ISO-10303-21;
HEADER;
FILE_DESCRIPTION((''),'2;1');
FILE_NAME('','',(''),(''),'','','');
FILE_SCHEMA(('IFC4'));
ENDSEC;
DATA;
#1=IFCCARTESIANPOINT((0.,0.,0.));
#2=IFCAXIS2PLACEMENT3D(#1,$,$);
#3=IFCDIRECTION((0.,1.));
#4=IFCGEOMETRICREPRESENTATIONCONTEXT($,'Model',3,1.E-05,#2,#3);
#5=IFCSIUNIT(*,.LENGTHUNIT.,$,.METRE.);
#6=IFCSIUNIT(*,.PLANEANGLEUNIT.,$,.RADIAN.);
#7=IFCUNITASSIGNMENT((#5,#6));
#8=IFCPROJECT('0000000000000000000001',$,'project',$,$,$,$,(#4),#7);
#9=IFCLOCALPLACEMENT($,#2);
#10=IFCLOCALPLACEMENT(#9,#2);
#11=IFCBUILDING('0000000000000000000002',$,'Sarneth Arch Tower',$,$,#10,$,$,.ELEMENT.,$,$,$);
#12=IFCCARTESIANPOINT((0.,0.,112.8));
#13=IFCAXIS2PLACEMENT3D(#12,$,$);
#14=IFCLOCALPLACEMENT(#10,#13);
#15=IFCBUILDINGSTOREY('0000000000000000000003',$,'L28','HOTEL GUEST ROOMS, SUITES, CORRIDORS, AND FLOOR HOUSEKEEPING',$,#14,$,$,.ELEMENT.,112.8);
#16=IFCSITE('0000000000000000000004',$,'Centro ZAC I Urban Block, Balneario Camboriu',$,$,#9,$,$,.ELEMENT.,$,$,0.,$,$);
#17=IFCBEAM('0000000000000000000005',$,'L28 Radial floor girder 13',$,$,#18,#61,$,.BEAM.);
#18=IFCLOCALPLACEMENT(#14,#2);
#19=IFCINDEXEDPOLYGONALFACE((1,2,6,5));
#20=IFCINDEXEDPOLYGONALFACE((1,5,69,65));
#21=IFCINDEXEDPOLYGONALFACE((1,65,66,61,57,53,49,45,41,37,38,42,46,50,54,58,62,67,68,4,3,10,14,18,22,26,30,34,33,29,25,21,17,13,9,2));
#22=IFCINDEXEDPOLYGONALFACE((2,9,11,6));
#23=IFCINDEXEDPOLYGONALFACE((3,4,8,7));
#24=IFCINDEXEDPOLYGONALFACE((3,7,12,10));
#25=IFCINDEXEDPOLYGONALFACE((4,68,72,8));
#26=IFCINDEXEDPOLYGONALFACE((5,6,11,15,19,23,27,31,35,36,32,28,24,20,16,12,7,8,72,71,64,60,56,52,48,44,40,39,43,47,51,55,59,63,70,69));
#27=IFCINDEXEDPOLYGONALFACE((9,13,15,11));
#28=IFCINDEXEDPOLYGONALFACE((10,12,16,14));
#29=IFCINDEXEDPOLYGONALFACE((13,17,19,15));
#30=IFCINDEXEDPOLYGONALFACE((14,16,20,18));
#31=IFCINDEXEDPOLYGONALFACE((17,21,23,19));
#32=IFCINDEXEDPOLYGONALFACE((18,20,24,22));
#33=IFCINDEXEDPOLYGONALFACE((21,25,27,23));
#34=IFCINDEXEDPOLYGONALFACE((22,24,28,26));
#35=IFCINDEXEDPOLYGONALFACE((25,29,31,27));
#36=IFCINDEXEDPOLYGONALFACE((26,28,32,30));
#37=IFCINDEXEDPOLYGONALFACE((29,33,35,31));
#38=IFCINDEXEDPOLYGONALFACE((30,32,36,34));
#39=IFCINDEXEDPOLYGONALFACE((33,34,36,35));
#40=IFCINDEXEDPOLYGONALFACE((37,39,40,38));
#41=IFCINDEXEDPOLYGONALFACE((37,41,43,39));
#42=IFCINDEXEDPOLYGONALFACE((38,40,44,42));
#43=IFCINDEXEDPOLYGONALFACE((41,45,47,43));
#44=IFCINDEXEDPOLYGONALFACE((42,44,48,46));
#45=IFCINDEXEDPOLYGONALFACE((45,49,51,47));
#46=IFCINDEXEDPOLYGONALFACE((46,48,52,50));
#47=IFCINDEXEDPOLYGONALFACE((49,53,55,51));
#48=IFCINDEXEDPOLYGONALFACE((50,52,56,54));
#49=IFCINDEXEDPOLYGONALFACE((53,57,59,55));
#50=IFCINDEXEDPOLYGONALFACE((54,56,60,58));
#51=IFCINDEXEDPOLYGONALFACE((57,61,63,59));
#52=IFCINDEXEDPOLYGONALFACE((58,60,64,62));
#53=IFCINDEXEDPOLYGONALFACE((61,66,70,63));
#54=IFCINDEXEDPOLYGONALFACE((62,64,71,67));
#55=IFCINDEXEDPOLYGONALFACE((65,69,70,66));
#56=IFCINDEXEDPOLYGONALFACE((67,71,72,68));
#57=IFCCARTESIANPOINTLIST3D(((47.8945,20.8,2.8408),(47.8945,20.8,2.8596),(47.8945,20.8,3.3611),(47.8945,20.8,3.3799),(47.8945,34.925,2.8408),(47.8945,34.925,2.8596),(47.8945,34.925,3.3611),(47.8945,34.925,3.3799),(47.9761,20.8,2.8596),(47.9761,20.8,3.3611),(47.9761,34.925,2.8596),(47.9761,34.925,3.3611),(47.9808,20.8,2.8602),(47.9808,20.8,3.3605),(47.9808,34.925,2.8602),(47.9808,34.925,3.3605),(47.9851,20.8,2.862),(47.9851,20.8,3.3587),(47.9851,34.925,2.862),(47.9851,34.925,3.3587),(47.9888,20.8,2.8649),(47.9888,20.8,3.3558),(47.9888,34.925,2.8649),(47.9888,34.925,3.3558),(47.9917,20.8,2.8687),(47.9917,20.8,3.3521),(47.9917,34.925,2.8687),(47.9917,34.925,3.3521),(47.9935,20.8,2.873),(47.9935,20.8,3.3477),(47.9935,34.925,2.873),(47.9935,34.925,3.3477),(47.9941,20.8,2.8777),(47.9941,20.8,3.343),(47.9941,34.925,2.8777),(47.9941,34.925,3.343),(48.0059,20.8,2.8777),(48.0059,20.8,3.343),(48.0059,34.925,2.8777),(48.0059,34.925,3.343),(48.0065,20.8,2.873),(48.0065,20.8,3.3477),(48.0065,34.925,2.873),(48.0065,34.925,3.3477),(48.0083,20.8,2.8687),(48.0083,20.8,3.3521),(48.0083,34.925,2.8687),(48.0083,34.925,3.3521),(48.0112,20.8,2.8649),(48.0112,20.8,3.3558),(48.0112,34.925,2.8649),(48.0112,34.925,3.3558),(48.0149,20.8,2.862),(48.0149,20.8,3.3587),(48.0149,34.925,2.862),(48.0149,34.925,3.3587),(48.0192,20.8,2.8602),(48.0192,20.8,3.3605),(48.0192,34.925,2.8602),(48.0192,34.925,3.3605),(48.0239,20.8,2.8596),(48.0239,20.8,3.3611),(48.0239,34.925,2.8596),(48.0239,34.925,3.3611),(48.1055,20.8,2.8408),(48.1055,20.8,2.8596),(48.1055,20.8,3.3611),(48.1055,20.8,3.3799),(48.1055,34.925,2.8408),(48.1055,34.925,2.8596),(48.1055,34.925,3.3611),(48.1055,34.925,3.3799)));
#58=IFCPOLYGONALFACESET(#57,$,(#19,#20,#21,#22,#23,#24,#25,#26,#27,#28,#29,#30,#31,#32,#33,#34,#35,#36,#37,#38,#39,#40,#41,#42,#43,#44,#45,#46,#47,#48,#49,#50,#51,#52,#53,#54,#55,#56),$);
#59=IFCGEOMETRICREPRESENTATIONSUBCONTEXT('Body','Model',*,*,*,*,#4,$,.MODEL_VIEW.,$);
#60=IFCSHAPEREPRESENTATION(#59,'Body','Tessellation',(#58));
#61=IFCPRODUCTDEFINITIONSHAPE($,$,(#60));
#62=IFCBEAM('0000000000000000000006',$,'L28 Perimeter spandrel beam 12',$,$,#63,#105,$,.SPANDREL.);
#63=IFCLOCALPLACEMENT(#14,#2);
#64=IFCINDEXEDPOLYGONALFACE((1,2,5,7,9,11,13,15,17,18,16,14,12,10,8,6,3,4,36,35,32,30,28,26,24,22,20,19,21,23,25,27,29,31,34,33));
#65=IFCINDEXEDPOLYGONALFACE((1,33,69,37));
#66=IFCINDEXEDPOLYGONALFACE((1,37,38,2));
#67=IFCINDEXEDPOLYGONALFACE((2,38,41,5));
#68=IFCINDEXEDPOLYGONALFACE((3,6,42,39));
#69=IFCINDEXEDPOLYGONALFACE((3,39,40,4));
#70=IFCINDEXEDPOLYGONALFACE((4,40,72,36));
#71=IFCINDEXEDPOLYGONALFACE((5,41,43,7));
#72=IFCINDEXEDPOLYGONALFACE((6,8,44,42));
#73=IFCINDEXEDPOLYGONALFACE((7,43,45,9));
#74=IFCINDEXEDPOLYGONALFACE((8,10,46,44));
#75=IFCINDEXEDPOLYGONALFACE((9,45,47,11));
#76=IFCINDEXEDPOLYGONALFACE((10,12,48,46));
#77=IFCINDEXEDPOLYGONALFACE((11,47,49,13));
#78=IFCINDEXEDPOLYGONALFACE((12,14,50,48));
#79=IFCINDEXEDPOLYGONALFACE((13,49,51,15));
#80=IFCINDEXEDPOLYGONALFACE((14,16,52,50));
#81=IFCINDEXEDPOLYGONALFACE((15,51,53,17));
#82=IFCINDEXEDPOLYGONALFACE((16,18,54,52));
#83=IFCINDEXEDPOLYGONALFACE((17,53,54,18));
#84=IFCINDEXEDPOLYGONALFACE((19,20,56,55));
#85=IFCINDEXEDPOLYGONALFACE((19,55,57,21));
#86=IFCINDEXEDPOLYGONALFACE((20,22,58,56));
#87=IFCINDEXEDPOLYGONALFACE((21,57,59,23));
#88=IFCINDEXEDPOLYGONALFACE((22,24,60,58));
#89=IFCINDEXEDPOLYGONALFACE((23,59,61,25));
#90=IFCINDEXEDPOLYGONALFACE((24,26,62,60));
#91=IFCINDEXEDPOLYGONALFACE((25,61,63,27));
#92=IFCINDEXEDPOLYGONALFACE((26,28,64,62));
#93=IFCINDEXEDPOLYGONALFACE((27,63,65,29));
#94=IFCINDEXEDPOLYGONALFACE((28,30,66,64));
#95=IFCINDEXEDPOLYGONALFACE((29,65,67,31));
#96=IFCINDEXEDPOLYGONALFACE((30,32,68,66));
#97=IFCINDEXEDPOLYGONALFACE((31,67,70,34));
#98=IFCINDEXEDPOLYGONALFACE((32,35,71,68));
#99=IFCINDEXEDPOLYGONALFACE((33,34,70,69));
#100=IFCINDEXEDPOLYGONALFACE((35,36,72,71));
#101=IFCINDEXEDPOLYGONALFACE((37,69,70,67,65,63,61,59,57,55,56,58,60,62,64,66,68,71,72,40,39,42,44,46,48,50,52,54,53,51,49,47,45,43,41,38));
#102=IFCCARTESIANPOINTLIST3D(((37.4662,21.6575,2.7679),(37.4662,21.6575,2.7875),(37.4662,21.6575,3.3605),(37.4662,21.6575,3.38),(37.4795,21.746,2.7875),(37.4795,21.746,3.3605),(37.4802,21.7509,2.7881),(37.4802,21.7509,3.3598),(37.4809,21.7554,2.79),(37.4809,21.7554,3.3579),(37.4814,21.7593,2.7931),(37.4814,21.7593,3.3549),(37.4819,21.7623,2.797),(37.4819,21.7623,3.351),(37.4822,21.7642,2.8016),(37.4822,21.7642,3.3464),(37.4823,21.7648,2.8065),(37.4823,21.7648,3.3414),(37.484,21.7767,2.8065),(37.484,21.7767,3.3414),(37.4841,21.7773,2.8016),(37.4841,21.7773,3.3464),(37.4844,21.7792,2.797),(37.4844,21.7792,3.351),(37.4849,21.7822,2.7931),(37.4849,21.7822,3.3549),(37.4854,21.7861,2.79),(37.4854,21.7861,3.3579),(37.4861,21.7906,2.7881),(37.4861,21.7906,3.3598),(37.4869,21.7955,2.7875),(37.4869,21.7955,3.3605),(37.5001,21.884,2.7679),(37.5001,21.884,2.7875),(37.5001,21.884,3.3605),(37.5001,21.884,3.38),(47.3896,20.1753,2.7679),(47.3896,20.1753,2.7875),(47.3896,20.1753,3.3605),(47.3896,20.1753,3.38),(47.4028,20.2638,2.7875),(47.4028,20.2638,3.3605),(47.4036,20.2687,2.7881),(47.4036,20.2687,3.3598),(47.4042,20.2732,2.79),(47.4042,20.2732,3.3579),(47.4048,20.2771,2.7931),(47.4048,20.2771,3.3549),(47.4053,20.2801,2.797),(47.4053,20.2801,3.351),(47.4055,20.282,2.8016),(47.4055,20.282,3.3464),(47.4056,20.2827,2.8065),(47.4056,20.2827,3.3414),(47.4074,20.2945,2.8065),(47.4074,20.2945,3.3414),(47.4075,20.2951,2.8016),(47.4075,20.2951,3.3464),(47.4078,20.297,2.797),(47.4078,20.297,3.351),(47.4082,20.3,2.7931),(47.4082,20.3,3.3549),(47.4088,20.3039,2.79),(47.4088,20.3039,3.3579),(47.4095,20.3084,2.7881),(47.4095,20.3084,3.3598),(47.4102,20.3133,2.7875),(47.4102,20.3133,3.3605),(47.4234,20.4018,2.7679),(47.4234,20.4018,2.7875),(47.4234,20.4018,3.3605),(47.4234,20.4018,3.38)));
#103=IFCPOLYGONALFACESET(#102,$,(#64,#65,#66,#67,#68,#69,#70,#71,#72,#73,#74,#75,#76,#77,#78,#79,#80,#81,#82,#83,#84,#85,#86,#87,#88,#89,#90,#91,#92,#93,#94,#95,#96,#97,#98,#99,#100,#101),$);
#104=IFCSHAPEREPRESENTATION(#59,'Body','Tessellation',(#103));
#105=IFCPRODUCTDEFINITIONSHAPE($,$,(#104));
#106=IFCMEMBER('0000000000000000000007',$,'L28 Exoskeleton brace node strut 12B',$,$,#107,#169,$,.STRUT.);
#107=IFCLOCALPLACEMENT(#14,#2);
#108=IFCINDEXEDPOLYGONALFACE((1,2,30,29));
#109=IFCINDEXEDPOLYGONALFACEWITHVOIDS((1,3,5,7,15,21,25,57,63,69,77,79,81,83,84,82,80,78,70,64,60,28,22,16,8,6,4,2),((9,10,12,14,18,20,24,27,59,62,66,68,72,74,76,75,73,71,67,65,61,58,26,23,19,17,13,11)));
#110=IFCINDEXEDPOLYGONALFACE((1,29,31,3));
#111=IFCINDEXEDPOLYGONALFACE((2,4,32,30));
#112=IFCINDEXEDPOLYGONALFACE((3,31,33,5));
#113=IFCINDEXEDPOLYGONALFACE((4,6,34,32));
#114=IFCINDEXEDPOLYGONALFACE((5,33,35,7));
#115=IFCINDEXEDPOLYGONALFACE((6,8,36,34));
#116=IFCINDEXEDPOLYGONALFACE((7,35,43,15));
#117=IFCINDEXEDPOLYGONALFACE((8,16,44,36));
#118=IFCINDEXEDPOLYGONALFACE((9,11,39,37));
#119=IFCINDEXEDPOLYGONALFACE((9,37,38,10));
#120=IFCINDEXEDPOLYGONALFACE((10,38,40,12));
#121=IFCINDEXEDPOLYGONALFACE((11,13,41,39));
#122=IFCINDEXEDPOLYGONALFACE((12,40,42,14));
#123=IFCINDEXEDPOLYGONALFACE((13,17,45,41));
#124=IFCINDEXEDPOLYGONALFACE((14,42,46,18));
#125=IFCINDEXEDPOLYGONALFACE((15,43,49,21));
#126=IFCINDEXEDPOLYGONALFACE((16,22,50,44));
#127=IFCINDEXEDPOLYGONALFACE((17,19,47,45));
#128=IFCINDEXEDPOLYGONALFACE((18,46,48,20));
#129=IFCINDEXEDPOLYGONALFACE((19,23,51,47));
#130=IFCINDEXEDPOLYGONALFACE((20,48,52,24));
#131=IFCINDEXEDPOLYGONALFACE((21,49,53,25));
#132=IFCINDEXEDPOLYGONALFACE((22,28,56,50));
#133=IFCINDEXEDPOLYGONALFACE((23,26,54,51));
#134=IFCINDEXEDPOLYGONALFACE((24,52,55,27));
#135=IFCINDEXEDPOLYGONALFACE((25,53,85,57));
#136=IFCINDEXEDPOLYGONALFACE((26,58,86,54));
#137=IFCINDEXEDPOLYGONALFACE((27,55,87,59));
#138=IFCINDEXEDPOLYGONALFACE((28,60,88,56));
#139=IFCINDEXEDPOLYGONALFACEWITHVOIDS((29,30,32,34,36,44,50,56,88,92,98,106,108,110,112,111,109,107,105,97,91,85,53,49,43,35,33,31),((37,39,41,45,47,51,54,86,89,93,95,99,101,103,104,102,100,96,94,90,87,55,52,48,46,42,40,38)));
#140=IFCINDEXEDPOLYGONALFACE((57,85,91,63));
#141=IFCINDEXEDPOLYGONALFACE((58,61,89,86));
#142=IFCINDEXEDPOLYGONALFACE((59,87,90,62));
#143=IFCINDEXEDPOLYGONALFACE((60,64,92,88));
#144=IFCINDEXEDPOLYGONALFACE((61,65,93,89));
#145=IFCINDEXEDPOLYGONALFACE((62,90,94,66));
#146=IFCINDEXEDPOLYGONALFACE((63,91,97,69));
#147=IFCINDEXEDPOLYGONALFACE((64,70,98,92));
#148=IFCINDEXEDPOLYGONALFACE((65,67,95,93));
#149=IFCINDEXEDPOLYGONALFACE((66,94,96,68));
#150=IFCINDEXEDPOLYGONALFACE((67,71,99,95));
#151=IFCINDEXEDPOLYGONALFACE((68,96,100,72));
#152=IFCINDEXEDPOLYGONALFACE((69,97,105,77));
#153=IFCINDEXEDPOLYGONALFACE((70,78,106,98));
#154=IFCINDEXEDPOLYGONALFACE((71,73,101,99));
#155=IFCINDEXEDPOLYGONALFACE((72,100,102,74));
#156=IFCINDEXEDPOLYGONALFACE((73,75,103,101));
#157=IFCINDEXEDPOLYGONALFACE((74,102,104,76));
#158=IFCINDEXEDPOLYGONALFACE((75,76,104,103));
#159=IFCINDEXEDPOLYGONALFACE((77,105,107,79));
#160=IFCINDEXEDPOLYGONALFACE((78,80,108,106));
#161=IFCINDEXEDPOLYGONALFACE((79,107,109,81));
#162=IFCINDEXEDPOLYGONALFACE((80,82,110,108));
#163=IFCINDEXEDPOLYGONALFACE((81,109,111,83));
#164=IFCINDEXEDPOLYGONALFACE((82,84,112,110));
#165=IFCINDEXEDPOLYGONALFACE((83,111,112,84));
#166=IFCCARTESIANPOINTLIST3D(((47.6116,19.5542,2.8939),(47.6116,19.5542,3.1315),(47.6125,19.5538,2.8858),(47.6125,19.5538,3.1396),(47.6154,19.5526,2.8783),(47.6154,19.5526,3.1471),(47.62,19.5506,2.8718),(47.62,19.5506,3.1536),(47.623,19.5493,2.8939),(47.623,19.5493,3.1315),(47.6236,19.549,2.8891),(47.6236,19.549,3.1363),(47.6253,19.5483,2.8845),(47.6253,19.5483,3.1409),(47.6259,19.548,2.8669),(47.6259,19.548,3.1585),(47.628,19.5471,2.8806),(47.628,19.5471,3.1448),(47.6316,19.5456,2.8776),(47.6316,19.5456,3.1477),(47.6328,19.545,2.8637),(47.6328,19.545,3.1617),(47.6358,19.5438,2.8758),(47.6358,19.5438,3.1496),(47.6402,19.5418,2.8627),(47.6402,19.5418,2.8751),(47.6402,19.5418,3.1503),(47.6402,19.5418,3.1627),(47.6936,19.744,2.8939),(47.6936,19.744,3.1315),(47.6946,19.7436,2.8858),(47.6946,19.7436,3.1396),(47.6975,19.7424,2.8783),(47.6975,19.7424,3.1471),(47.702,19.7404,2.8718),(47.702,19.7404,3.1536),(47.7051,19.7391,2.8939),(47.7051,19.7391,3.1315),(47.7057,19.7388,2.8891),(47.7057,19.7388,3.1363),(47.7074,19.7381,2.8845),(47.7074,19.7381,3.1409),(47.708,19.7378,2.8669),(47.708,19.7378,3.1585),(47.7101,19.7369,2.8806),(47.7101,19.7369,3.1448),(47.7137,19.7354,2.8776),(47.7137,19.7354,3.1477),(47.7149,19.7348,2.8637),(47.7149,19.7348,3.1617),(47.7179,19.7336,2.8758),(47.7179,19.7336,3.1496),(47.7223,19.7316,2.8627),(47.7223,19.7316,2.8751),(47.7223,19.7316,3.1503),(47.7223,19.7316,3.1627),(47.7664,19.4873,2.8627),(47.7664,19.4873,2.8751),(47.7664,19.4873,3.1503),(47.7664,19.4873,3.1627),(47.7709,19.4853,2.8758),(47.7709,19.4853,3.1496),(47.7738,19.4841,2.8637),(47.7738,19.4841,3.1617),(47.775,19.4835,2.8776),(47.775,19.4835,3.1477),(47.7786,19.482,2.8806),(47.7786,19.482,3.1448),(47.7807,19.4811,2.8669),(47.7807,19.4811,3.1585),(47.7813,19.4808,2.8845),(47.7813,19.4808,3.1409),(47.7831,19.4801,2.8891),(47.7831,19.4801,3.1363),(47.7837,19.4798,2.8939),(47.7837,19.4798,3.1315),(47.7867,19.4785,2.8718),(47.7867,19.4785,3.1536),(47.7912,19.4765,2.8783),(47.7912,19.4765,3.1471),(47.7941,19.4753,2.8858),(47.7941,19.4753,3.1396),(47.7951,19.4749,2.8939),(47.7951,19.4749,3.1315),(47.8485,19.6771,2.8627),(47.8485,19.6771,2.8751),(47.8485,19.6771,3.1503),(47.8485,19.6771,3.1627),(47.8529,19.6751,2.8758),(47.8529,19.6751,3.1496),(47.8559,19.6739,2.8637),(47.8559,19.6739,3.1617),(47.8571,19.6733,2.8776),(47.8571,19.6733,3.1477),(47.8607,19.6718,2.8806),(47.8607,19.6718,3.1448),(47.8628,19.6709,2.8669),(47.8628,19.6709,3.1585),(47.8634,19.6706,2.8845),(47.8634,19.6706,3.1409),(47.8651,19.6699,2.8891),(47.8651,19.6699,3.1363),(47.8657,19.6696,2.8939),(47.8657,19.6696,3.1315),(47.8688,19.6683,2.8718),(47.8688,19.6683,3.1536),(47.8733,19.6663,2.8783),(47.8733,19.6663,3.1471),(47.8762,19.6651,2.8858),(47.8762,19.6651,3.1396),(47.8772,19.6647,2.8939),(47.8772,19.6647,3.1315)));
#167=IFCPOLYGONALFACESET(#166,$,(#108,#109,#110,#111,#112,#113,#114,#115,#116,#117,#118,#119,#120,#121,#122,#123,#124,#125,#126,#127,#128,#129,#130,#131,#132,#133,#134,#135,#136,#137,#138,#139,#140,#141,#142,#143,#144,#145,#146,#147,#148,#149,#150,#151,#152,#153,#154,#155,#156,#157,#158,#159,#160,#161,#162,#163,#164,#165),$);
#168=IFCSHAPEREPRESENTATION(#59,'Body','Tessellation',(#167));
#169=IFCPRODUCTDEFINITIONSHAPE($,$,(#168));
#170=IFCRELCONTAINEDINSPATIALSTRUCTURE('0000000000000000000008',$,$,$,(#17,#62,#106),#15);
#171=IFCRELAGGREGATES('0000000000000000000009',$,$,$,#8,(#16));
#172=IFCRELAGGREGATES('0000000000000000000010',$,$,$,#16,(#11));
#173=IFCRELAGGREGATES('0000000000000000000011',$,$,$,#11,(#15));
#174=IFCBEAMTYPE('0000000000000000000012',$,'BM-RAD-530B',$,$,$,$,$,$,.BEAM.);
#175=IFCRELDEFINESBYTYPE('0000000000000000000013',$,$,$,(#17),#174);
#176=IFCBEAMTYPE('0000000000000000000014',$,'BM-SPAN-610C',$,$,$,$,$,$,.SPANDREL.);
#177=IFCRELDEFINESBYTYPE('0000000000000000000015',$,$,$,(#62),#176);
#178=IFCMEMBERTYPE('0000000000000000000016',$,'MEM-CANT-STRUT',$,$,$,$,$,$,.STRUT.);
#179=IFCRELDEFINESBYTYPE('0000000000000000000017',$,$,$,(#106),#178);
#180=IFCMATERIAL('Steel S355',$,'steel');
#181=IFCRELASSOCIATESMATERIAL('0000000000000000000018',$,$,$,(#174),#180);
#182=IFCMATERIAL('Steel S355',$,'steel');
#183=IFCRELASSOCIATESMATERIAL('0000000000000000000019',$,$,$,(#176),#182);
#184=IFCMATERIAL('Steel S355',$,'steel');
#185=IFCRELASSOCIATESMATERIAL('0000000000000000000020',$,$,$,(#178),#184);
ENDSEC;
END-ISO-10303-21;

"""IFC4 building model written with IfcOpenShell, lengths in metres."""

from ifc_helpers import new_model, si_unit, direction, frame, origin, origin_2d, place, context, subcontext, project, spatial, hollow_rectangle, i_section, extrude, material, material_profile, profile_set, type_object, element, save


model = new_model("IFC4")

# Units and contexts
model_context = context("Model", 3, precision=1e-05, world=origin(), true_north=direction((0.0, 1.0)))
body_context = subcontext(model_context, "Body", "Model", "MODEL_VIEW")
ifc_project = project(units=[si_unit("LENGTHUNIT", "METRE"), si_unit("PLANEANGLEUNIT", "RADIAN")], contexts=[model_context])

# Site, building, storey
site_placement = place(None, origin())
site = spatial("IfcSite", under=ifc_project, at=site_placement, Name="Centro ZAC I Urban Block, Balneario Camboriu", CompositionType="ELEMENT", RefElevation=0.0)
building_placement = place(site_placement, origin())
building = spatial("IfcBuilding", under=site, at=building_placement, Name="Sarneth Arch Tower", CompositionType="ELEMENT")
storey_placement = place(building_placement, frame((0.0, 0.0, 112.8)))
storey = spatial("IfcBuildingStorey", under=building, at=storey_placement, Name="L28", Description="HOTEL GUEST ROOMS, SUITES, CORRIDORS, AND FLOOR HOUSEKEEPING", CompositionType="ELEMENT", Elevation=112.8)

# Beams
ifc_material_1 = material(Name="Steel S355", Category="steel")
ifc_material_profile_1 = material_profile(ifc_material_1, i_section(OverallWidth=0.2109, OverallDepth=0.5391, WebThickness=0.0117, FlangeThickness=0.0188, FilletRadius=0.0181, at=origin_2d()), Name="W530x109")
ifc_profile_set_1 = profile_set([ifc_material_profile_1], Name="Steel S355")
beam_type_1 = type_object("IfcBeamType", Name="BM-RAD-530B", PredefinedType="BEAM", material=ifc_profile_set_1)
beam_1_placement = place(storey_placement, frame((48.0, 34.925, 3.1104), z_axis=(0.0, -1.0, 0.0), x_axis=(1.0, 0.0, 0.0)))
element("IfcBeam", 1, at=beam_1_placement, inside=storey, type_object=beam_type_1, Name="L28 Radial floor girder 13", PredefinedType="BEAM", context=body_context, shape_type="SweptSolid", body=[
    extrude(i_section(OverallWidth=0.2109, OverallDepth=0.5391, WebThickness=0.0117, FlangeThickness=0.0188, FilletRadius=0.0181, at=origin_2d()), origin(), (0.0, 0.0, 1.0), 14.125),
])
ifc_material_2 = material(Name="Steel S355", Category="steel")
ifc_material_profile_2 = material_profile(ifc_material_2, i_section(OverallWidth=0.229, OverallDepth=0.6121, WebThickness=0.012, FlangeThickness=0.0195, FilletRadius=0.019, at=origin_2d()), Name="W610x125")
ifc_profile_set_2 = profile_set([ifc_material_profile_2], Name="Steel S355")
beam_type_2 = type_object("IfcBeamType", Name="BM-SPAN-610C", PredefinedType="SPANDREL", material=ifc_profile_set_2)
beam_2_placement = place(storey_placement, frame((37.4832, 21.7708, 3.074), z_axis=(0.989029, -0.147724, 0.0), x_axis=(0.147724, 0.989029, 0.0)))
element("IfcBeam", 2, at=beam_2_placement, inside=storey, type_object=beam_type_2, Name="L28 Perimeter spandrel beam 12", PredefinedType="SPANDREL", context=body_context, shape_type="SweptSolid", body=[
    extrude(i_section(OverallWidth=0.229, OverallDepth=0.6121, WebThickness=0.012, FlangeThickness=0.0195, FilletRadius=0.019, at=origin_2d()), origin(), (0.0, 0.0, 1.0), 10.0334),
])

# Member
ifc_material_3 = material(Name="Steel S355", Category="steel")
ifc_material_profile_3 = material_profile(ifc_material_3, hollow_rectangle(XDim=0.2, YDim=0.3, WallThickness=0.0125, InnerFilletRadius=0.0188, OuterFilletRadius=0.0312, at=origin_2d()), Name="RHS300x200x12.5")
ifc_profile_set_3 = profile_set([ifc_material_profile_3], Name="Steel S355")
member_type_1 = type_object("IfcMemberType", Name="MEM-CANT-STRUT", PredefinedType="STRUT", material=ifc_profile_set_3)
member_1_placement = place(storey_placement, frame((47.7854, 19.7043, 3.0127), z_axis=(-0.396911, -0.917857, 0.0), x_axis=(0.917857, -0.396911, 0.0)))
element("IfcMember", 3, at=member_1_placement, inside=storey, type_object=member_type_1, Name="L28 Exoskeleton brace node strut 12B", PredefinedType="STRUT", context=body_context, shape_type="SweptSolid", body=[
    extrude(hollow_rectangle(XDim=0.2, YDim=0.3, WallThickness=0.0125, InnerFilletRadius=0.0188, OuterFilletRadius=0.0312, at=origin_2d()), origin(), (0.0, 0.0, 1.0), 0.2068),
])

save(model, "model.ifc")
